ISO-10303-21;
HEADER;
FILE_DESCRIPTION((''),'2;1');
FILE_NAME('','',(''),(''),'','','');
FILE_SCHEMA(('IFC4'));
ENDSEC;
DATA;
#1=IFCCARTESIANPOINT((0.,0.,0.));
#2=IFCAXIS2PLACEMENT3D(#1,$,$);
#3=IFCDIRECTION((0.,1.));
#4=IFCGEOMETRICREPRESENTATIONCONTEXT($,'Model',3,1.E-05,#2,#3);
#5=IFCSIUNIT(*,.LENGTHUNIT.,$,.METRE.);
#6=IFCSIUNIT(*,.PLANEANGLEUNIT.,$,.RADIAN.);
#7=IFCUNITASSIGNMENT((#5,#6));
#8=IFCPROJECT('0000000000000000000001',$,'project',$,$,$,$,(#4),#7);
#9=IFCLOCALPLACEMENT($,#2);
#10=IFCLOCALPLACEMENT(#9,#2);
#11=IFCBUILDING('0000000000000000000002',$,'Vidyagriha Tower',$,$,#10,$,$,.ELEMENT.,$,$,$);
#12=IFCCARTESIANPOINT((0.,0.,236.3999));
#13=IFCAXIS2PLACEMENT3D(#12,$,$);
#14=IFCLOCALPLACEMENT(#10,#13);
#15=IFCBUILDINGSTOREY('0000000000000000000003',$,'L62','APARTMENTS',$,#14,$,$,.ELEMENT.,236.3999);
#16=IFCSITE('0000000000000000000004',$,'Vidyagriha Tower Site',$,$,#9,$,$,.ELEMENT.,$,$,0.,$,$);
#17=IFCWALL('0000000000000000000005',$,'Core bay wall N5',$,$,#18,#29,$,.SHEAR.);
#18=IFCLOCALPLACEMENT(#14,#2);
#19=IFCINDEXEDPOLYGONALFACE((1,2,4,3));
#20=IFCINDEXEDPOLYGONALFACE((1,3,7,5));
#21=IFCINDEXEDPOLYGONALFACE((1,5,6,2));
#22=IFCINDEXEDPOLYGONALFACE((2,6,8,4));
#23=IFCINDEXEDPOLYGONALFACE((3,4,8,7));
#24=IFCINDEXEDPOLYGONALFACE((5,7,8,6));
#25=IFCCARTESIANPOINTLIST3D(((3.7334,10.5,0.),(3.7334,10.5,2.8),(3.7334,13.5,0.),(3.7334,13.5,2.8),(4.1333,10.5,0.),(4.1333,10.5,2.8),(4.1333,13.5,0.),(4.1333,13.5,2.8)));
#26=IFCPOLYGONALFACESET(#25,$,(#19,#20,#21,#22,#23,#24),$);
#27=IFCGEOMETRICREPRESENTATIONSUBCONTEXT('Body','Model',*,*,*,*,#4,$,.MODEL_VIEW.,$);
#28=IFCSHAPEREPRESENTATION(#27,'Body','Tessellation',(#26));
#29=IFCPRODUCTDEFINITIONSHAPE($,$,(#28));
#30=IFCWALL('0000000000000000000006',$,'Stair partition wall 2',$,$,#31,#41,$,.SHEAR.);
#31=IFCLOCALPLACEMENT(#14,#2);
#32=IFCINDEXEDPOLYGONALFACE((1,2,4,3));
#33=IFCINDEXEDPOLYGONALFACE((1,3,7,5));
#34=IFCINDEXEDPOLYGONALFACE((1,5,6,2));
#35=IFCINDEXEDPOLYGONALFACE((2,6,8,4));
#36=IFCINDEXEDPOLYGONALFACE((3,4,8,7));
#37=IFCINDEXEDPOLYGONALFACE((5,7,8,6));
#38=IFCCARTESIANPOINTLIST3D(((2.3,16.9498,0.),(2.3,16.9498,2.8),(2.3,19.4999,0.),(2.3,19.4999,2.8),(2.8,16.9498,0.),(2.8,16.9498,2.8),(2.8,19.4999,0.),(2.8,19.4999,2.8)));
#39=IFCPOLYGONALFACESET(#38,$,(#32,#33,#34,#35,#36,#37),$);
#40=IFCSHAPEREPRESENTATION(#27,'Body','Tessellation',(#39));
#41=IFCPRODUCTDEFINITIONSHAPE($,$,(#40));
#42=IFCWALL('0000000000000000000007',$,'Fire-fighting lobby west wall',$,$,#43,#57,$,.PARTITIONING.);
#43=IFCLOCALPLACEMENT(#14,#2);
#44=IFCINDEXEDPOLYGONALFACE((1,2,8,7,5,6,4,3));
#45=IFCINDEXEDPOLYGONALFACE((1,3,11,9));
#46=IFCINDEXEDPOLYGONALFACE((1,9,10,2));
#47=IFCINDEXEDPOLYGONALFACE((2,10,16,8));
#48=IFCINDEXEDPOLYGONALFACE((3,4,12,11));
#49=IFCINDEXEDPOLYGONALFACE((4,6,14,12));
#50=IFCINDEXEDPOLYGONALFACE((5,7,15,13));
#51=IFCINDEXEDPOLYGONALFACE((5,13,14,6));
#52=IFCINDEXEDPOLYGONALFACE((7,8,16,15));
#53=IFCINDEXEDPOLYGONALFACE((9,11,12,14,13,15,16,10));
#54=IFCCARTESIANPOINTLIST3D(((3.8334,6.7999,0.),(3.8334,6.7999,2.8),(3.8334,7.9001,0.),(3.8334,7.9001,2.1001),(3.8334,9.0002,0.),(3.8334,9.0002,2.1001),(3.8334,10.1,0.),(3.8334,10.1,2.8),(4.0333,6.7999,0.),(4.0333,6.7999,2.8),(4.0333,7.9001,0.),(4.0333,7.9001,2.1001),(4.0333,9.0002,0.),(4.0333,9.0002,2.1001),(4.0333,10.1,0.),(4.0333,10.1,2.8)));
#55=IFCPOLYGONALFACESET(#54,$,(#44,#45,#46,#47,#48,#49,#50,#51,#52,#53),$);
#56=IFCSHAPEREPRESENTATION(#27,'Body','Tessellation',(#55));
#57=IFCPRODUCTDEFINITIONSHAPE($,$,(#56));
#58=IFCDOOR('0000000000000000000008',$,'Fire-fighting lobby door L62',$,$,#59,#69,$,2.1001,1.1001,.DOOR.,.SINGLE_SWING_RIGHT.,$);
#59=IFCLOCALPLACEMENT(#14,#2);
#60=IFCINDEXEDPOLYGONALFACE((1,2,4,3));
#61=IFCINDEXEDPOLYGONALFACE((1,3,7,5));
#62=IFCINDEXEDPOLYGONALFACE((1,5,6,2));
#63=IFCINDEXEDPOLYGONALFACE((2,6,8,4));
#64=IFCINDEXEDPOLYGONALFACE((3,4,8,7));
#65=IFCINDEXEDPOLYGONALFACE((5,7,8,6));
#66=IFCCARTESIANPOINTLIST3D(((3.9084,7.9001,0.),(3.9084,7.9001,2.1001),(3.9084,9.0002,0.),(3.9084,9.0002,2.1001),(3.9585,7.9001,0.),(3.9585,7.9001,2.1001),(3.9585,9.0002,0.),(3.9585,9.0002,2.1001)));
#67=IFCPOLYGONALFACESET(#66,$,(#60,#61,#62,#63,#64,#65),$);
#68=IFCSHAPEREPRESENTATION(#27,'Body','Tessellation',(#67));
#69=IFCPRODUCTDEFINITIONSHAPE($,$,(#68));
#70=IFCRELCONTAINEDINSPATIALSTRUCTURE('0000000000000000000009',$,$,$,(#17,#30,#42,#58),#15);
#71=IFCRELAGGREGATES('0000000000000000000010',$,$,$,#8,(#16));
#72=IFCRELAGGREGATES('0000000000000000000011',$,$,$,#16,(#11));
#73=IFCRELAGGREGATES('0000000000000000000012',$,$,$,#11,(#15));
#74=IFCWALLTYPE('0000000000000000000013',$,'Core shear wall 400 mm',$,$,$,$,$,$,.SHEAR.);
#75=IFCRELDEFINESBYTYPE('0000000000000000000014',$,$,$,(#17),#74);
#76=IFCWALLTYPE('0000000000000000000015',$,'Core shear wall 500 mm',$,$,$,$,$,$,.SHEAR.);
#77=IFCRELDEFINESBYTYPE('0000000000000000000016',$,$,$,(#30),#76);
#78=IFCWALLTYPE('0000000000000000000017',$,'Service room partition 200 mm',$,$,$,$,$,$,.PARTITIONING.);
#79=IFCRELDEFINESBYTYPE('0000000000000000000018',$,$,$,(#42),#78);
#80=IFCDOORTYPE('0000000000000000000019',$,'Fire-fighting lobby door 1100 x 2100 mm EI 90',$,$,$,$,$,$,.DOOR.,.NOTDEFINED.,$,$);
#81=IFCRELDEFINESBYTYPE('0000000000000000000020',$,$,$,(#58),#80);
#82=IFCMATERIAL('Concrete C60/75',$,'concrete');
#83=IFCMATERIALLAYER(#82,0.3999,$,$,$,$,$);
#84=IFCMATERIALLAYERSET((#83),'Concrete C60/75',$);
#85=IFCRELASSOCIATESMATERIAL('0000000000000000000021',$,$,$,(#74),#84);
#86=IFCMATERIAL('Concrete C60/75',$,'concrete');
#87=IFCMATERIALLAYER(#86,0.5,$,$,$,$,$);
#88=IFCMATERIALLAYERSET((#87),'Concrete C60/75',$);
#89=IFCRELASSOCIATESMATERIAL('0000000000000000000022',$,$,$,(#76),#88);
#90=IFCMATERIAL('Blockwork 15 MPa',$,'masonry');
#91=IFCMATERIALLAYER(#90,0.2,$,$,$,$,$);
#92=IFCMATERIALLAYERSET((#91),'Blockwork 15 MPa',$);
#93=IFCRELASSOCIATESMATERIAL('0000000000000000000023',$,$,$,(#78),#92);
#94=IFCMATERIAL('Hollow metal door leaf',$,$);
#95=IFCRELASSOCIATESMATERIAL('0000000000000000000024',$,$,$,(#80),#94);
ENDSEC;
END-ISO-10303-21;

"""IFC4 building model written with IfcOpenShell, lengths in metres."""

from ifc_helpers import new_model, si_unit, direction, frame, frame_2d, origin, place, context, subcontext, project, spatial, rectangle, extrude, material, layer, layer_set, type_object, element, fill, save


model = new_model("IFC4")

# Units and contexts
model_context = context("Model", 3, precision=1e-05, world=origin(), true_north=direction((0.0, 1.0)))
body_context = subcontext(model_context, "Body", "Model", "MODEL_VIEW")
ifc_project = project(units=[si_unit("LENGTHUNIT", "METRE"), si_unit("PLANEANGLEUNIT", "RADIAN")], contexts=[model_context])

# Site, building, storey
site_placement = place(None, origin())
site = spatial("IfcSite", under=ifc_project, at=site_placement, Name="Vidyagriha Tower Site", CompositionType="ELEMENT", RefElevation=0.0)
building_placement = place(site_placement, origin())
building = spatial("IfcBuilding", under=site, at=building_placement, Name="Vidyagriha Tower", CompositionType="ELEMENT")
storey_placement = place(building_placement, frame((0.0, 0.0, 236.3999)))
storey = spatial("IfcBuildingStorey", under=building, at=storey_placement, Name="L62", Description="APARTMENTS", CompositionType="ELEMENT", Elevation=236.3999)

# Shared definitions
ifc_material_1 = material(Name="Concrete C60/75", Category="concrete")
ifc_layer_1 = layer(ifc_material_1, 0.3999)
ifc_layer_set_1 = layer_set([ifc_layer_1], Name="Concrete C60/75")
wall_type_1 = type_object("IfcWallType", Name="Core shear wall 400 mm", PredefinedType="SHEAR", material=ifc_layer_set_1)

# Walls
for number, where, z_axis, x_axis, name in (
    (1, (3.9333, 10.5, 0.0), (0.0, 0.0, 1.0), (0.0, 1.0, 0.0), "Core bay wall N5"),
):
    element("IfcWall", number, at=place(storey_placement, frame(where, z_axis=z_axis, x_axis=x_axis)), inside=storey, type_object=wall_type_1, Name=name, PredefinedType="SHEAR", context=body_context, shape_type="SweptSolid", body=[
        extrude(rectangle(XDim=3.0, YDim=0.3999, at=frame_2d((1.5, 0.0))), origin(), (0.0, 0.0, 1.0), 2.8),
    ])
ifc_material_2 = material(Name="Concrete C60/75", Category="concrete")
ifc_layer_2 = layer(ifc_material_2, 0.5)
ifc_layer_set_2 = layer_set([ifc_layer_2], Name="Concrete C60/75")
wall_type_2 = type_object("IfcWallType", Name="Core shear wall 500 mm", PredefinedType="SHEAR", material=ifc_layer_set_2)
wall_1_placement = place(storey_placement, frame((2.55, 16.95, 0.0), z_axis=(0.0, 0.0, 1.0), x_axis=(0.0, 1.0, 0.0)))
element("IfcWall", 2, at=wall_1_placement, inside=storey, type_object=wall_type_2, Name="Stair partition wall 2", PredefinedType="SHEAR", context=body_context, shape_type="SweptSolid", body=[
    extrude(rectangle(XDim=2.55, YDim=0.5, at=frame_2d((1.2749, 0.0))), origin(), (0.0, 0.0, 1.0), 2.8),
])

# Wall, opening, door
ifc_material_3 = material(Name="Blockwork 15 MPa", Category="masonry")
ifc_layer_3 = layer(ifc_material_3, 0.2)
ifc_layer_set_3 = layer_set([ifc_layer_3], Name="Blockwork 15 MPa")
wall_type_3 = type_object("IfcWallType", Name="Service room partition 200 mm", PredefinedType="PARTITIONING", material=ifc_layer_set_3)
wall_2_placement = place(storey_placement, frame((3.9333, 6.8, 0.0), z_axis=(0.0, 0.0, 1.0), x_axis=(0.0, 1.0, 0.0)))
wall_2 = element("IfcWall", 3, at=wall_2_placement, inside=storey, type_object=wall_type_3, Name="Fire-fighting lobby west wall", PredefinedType="PARTITIONING", context=body_context, shape_type="SweptSolid", body=[
    extrude(rectangle(XDim=3.3, YDim=0.2, at=frame_2d((1.6499, 0.0))), origin(), (0.0, 0.0, 1.0), 2.8),
])
opening_1_placement = place(wall_2_placement, frame((1.1001, 0.0, 0.0)))
opening_1 = element("IfcOpeningElement", 4, at=opening_1_placement, cuts=wall_2, PredefinedType="OPENING", context=body_context, shape_type="SweptSolid", body=[
    extrude(rectangle(XDim=1.1001, YDim=2.1001, at=frame_2d((0.55, 1.05))), frame((0.0, 0.1099, 0.0), z_axis=(0.0, -1.0, 0.0), x_axis=(1.0, 0.0, 0.0)), (0.0, 0.0, 1.0), 0.22),
])
ifc_material_4 = material(Name="Hollow metal door leaf")
door_type_1 = type_object("IfcDoorType", Name="Fire-fighting lobby door 1100 x 2100 mm EI 90", OperationType="NOTDEFINED", PredefinedType="DOOR", material=ifc_material_4)
door_1_placement = place(opening_1_placement, origin())
door_1 = element("IfcDoor", 5, at=door_1_placement, inside=storey, type_object=door_type_1, Name="Fire-fighting lobby door L62", OperationType="SINGLE_SWING_RIGHT", OverallHeight=2.1001, OverallWidth=1.1001, PredefinedType="DOOR", context=body_context, shape_type="SweptSolid", body=[
    extrude(rectangle(XDim=1.1001, YDim=2.1001, at=frame_2d((0.55, 1.05))), frame((0.0, 0.0249, 0.0), z_axis=(0.0, -1.0, 0.0), x_axis=(1.0, 0.0, 0.0)), (0.0, 0.0, 1.0), 0.05),
])
fill(opening_1, door_1)

save(model, "model.ifc")
